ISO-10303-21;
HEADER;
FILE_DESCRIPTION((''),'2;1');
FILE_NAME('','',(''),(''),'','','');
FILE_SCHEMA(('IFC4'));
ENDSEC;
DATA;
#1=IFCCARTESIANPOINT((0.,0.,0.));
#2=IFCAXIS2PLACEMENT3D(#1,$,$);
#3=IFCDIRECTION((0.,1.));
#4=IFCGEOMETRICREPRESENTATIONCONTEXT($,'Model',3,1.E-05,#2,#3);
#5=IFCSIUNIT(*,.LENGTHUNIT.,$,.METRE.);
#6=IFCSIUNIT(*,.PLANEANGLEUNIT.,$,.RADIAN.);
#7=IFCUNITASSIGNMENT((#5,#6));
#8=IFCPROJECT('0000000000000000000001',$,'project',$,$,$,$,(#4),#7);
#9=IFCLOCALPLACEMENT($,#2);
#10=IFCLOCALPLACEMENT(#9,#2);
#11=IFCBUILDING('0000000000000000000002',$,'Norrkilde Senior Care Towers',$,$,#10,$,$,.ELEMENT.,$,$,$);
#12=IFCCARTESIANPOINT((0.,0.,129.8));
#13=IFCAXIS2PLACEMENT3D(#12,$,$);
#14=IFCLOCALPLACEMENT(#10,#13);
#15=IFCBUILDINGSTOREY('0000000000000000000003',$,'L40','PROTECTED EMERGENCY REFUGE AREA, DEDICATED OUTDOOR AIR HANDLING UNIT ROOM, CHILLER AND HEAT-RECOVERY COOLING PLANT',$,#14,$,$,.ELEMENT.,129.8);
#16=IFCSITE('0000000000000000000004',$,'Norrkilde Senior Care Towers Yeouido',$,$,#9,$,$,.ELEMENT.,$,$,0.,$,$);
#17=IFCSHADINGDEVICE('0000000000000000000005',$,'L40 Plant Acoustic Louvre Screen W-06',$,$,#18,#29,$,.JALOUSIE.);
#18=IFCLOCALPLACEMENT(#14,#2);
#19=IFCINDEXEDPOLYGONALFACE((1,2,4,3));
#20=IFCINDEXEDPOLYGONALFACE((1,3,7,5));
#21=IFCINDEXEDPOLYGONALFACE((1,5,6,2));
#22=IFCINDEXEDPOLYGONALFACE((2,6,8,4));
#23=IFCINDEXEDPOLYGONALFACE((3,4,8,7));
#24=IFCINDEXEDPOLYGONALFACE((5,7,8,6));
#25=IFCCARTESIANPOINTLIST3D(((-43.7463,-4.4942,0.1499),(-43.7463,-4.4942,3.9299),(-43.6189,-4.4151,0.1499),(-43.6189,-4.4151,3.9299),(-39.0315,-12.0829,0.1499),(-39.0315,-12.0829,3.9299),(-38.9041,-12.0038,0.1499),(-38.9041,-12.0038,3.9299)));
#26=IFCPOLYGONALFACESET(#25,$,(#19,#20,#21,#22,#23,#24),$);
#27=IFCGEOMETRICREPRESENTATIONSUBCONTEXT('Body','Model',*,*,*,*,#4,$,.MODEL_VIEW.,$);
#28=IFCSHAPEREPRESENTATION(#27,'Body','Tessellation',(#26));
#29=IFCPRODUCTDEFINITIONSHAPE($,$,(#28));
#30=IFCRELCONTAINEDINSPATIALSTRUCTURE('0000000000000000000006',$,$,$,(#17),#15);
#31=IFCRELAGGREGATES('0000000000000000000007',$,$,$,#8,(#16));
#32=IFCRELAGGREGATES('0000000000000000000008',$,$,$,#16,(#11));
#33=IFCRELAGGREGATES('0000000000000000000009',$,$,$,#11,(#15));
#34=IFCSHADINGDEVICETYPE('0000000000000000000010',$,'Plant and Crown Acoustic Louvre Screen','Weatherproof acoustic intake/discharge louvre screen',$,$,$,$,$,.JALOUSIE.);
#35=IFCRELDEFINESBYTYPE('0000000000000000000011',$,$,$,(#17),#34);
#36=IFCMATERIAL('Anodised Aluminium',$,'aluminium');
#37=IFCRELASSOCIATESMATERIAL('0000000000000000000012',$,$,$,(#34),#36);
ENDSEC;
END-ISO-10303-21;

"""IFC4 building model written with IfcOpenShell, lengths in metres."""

from ifc_helpers import new_model, si_unit, direction, frame, origin, origin_2d, place, context, subcontext, project, spatial, rectangle, extrude, source, transform, mapped, material, type_object, type_shapes, element, save


model = new_model("IFC4")

# Units and contexts
model_context = context("Model", 3, precision=1e-05, world=origin(), true_north=direction((0.0, 1.0)))
body_context = subcontext(model_context, "Body", "Model", "MODEL_VIEW")
ifc_project = project(units=[si_unit("LENGTHUNIT", "METRE"), si_unit("PLANEANGLEUNIT", "RADIAN")], contexts=[model_context])

# Site, building, storey
site_placement = place(None, origin())
site = spatial("IfcSite", under=ifc_project, at=site_placement, Name="Norrkilde Senior Care Towers Yeouido", CompositionType="ELEMENT", RefElevation=0.0)
building_placement = place(site_placement, origin())
building = spatial("IfcBuilding", under=site, at=building_placement, Name="Norrkilde Senior Care Towers", CompositionType="ELEMENT")
storey_placement = place(building_placement, frame((0.0, 0.0, 129.8)))
storey = spatial("IfcBuildingStorey", under=building, at=storey_placement, Name="L40", Description="PROTECTED EMERGENCY REFUGE AREA, DEDICATED OUTDOOR AIR HANDLING UNIT ROOM, CHILLER AND HEAT-RECOVERY COOLING PLANT", CompositionType="ELEMENT", Elevation=129.8)

# Shared definitions
ifc_material_1 = material(Name="Anodised Aluminium", Category="aluminium")

# Shading device
shading_device_type = type_object("IfcShadingDeviceType", Name="Plant and Crown Acoustic Louvre Screen", Description="Weatherproof acoustic intake/discharge louvre screen", PredefinedType="JALOUSIE", material=ifc_material_1)
shared_shape_1 = source(origin(), body_context, "Body", "SweptSolid", [
    extrude(rectangle(XDim=8.9341, YDim=0.1499, at=origin_2d()), origin(), (0.0, 0.0, 1.0), 3.78),
])
type_shapes(shading_device_type, [shared_shape_1])
shading_device_placement = place(storey_placement, frame((-41.3252, -8.249, 0.1499), z_axis=(0.0, 0.0, 1.0), x_axis=(-0.527733, 0.84941, 0.0)))
element("IfcShadingDevice", 1, at=shading_device_placement, inside=storey, type_object=shading_device_type, Name="L40 Plant Acoustic Louvre Screen W-06", PredefinedType="JALOUSIE", context=body_context, shape_type="MappedRepresentation", body=[
    mapped(shared_shape_1, transform((0.0, 0.0, 0.0), x_axis=(1.0, 0.0, 0.0), y_axis=(0.0, 1.0, 0.0), z_axis=(0.0, 0.0, 1.0), scale=1.0)),
])

save(model, "model.ifc")
